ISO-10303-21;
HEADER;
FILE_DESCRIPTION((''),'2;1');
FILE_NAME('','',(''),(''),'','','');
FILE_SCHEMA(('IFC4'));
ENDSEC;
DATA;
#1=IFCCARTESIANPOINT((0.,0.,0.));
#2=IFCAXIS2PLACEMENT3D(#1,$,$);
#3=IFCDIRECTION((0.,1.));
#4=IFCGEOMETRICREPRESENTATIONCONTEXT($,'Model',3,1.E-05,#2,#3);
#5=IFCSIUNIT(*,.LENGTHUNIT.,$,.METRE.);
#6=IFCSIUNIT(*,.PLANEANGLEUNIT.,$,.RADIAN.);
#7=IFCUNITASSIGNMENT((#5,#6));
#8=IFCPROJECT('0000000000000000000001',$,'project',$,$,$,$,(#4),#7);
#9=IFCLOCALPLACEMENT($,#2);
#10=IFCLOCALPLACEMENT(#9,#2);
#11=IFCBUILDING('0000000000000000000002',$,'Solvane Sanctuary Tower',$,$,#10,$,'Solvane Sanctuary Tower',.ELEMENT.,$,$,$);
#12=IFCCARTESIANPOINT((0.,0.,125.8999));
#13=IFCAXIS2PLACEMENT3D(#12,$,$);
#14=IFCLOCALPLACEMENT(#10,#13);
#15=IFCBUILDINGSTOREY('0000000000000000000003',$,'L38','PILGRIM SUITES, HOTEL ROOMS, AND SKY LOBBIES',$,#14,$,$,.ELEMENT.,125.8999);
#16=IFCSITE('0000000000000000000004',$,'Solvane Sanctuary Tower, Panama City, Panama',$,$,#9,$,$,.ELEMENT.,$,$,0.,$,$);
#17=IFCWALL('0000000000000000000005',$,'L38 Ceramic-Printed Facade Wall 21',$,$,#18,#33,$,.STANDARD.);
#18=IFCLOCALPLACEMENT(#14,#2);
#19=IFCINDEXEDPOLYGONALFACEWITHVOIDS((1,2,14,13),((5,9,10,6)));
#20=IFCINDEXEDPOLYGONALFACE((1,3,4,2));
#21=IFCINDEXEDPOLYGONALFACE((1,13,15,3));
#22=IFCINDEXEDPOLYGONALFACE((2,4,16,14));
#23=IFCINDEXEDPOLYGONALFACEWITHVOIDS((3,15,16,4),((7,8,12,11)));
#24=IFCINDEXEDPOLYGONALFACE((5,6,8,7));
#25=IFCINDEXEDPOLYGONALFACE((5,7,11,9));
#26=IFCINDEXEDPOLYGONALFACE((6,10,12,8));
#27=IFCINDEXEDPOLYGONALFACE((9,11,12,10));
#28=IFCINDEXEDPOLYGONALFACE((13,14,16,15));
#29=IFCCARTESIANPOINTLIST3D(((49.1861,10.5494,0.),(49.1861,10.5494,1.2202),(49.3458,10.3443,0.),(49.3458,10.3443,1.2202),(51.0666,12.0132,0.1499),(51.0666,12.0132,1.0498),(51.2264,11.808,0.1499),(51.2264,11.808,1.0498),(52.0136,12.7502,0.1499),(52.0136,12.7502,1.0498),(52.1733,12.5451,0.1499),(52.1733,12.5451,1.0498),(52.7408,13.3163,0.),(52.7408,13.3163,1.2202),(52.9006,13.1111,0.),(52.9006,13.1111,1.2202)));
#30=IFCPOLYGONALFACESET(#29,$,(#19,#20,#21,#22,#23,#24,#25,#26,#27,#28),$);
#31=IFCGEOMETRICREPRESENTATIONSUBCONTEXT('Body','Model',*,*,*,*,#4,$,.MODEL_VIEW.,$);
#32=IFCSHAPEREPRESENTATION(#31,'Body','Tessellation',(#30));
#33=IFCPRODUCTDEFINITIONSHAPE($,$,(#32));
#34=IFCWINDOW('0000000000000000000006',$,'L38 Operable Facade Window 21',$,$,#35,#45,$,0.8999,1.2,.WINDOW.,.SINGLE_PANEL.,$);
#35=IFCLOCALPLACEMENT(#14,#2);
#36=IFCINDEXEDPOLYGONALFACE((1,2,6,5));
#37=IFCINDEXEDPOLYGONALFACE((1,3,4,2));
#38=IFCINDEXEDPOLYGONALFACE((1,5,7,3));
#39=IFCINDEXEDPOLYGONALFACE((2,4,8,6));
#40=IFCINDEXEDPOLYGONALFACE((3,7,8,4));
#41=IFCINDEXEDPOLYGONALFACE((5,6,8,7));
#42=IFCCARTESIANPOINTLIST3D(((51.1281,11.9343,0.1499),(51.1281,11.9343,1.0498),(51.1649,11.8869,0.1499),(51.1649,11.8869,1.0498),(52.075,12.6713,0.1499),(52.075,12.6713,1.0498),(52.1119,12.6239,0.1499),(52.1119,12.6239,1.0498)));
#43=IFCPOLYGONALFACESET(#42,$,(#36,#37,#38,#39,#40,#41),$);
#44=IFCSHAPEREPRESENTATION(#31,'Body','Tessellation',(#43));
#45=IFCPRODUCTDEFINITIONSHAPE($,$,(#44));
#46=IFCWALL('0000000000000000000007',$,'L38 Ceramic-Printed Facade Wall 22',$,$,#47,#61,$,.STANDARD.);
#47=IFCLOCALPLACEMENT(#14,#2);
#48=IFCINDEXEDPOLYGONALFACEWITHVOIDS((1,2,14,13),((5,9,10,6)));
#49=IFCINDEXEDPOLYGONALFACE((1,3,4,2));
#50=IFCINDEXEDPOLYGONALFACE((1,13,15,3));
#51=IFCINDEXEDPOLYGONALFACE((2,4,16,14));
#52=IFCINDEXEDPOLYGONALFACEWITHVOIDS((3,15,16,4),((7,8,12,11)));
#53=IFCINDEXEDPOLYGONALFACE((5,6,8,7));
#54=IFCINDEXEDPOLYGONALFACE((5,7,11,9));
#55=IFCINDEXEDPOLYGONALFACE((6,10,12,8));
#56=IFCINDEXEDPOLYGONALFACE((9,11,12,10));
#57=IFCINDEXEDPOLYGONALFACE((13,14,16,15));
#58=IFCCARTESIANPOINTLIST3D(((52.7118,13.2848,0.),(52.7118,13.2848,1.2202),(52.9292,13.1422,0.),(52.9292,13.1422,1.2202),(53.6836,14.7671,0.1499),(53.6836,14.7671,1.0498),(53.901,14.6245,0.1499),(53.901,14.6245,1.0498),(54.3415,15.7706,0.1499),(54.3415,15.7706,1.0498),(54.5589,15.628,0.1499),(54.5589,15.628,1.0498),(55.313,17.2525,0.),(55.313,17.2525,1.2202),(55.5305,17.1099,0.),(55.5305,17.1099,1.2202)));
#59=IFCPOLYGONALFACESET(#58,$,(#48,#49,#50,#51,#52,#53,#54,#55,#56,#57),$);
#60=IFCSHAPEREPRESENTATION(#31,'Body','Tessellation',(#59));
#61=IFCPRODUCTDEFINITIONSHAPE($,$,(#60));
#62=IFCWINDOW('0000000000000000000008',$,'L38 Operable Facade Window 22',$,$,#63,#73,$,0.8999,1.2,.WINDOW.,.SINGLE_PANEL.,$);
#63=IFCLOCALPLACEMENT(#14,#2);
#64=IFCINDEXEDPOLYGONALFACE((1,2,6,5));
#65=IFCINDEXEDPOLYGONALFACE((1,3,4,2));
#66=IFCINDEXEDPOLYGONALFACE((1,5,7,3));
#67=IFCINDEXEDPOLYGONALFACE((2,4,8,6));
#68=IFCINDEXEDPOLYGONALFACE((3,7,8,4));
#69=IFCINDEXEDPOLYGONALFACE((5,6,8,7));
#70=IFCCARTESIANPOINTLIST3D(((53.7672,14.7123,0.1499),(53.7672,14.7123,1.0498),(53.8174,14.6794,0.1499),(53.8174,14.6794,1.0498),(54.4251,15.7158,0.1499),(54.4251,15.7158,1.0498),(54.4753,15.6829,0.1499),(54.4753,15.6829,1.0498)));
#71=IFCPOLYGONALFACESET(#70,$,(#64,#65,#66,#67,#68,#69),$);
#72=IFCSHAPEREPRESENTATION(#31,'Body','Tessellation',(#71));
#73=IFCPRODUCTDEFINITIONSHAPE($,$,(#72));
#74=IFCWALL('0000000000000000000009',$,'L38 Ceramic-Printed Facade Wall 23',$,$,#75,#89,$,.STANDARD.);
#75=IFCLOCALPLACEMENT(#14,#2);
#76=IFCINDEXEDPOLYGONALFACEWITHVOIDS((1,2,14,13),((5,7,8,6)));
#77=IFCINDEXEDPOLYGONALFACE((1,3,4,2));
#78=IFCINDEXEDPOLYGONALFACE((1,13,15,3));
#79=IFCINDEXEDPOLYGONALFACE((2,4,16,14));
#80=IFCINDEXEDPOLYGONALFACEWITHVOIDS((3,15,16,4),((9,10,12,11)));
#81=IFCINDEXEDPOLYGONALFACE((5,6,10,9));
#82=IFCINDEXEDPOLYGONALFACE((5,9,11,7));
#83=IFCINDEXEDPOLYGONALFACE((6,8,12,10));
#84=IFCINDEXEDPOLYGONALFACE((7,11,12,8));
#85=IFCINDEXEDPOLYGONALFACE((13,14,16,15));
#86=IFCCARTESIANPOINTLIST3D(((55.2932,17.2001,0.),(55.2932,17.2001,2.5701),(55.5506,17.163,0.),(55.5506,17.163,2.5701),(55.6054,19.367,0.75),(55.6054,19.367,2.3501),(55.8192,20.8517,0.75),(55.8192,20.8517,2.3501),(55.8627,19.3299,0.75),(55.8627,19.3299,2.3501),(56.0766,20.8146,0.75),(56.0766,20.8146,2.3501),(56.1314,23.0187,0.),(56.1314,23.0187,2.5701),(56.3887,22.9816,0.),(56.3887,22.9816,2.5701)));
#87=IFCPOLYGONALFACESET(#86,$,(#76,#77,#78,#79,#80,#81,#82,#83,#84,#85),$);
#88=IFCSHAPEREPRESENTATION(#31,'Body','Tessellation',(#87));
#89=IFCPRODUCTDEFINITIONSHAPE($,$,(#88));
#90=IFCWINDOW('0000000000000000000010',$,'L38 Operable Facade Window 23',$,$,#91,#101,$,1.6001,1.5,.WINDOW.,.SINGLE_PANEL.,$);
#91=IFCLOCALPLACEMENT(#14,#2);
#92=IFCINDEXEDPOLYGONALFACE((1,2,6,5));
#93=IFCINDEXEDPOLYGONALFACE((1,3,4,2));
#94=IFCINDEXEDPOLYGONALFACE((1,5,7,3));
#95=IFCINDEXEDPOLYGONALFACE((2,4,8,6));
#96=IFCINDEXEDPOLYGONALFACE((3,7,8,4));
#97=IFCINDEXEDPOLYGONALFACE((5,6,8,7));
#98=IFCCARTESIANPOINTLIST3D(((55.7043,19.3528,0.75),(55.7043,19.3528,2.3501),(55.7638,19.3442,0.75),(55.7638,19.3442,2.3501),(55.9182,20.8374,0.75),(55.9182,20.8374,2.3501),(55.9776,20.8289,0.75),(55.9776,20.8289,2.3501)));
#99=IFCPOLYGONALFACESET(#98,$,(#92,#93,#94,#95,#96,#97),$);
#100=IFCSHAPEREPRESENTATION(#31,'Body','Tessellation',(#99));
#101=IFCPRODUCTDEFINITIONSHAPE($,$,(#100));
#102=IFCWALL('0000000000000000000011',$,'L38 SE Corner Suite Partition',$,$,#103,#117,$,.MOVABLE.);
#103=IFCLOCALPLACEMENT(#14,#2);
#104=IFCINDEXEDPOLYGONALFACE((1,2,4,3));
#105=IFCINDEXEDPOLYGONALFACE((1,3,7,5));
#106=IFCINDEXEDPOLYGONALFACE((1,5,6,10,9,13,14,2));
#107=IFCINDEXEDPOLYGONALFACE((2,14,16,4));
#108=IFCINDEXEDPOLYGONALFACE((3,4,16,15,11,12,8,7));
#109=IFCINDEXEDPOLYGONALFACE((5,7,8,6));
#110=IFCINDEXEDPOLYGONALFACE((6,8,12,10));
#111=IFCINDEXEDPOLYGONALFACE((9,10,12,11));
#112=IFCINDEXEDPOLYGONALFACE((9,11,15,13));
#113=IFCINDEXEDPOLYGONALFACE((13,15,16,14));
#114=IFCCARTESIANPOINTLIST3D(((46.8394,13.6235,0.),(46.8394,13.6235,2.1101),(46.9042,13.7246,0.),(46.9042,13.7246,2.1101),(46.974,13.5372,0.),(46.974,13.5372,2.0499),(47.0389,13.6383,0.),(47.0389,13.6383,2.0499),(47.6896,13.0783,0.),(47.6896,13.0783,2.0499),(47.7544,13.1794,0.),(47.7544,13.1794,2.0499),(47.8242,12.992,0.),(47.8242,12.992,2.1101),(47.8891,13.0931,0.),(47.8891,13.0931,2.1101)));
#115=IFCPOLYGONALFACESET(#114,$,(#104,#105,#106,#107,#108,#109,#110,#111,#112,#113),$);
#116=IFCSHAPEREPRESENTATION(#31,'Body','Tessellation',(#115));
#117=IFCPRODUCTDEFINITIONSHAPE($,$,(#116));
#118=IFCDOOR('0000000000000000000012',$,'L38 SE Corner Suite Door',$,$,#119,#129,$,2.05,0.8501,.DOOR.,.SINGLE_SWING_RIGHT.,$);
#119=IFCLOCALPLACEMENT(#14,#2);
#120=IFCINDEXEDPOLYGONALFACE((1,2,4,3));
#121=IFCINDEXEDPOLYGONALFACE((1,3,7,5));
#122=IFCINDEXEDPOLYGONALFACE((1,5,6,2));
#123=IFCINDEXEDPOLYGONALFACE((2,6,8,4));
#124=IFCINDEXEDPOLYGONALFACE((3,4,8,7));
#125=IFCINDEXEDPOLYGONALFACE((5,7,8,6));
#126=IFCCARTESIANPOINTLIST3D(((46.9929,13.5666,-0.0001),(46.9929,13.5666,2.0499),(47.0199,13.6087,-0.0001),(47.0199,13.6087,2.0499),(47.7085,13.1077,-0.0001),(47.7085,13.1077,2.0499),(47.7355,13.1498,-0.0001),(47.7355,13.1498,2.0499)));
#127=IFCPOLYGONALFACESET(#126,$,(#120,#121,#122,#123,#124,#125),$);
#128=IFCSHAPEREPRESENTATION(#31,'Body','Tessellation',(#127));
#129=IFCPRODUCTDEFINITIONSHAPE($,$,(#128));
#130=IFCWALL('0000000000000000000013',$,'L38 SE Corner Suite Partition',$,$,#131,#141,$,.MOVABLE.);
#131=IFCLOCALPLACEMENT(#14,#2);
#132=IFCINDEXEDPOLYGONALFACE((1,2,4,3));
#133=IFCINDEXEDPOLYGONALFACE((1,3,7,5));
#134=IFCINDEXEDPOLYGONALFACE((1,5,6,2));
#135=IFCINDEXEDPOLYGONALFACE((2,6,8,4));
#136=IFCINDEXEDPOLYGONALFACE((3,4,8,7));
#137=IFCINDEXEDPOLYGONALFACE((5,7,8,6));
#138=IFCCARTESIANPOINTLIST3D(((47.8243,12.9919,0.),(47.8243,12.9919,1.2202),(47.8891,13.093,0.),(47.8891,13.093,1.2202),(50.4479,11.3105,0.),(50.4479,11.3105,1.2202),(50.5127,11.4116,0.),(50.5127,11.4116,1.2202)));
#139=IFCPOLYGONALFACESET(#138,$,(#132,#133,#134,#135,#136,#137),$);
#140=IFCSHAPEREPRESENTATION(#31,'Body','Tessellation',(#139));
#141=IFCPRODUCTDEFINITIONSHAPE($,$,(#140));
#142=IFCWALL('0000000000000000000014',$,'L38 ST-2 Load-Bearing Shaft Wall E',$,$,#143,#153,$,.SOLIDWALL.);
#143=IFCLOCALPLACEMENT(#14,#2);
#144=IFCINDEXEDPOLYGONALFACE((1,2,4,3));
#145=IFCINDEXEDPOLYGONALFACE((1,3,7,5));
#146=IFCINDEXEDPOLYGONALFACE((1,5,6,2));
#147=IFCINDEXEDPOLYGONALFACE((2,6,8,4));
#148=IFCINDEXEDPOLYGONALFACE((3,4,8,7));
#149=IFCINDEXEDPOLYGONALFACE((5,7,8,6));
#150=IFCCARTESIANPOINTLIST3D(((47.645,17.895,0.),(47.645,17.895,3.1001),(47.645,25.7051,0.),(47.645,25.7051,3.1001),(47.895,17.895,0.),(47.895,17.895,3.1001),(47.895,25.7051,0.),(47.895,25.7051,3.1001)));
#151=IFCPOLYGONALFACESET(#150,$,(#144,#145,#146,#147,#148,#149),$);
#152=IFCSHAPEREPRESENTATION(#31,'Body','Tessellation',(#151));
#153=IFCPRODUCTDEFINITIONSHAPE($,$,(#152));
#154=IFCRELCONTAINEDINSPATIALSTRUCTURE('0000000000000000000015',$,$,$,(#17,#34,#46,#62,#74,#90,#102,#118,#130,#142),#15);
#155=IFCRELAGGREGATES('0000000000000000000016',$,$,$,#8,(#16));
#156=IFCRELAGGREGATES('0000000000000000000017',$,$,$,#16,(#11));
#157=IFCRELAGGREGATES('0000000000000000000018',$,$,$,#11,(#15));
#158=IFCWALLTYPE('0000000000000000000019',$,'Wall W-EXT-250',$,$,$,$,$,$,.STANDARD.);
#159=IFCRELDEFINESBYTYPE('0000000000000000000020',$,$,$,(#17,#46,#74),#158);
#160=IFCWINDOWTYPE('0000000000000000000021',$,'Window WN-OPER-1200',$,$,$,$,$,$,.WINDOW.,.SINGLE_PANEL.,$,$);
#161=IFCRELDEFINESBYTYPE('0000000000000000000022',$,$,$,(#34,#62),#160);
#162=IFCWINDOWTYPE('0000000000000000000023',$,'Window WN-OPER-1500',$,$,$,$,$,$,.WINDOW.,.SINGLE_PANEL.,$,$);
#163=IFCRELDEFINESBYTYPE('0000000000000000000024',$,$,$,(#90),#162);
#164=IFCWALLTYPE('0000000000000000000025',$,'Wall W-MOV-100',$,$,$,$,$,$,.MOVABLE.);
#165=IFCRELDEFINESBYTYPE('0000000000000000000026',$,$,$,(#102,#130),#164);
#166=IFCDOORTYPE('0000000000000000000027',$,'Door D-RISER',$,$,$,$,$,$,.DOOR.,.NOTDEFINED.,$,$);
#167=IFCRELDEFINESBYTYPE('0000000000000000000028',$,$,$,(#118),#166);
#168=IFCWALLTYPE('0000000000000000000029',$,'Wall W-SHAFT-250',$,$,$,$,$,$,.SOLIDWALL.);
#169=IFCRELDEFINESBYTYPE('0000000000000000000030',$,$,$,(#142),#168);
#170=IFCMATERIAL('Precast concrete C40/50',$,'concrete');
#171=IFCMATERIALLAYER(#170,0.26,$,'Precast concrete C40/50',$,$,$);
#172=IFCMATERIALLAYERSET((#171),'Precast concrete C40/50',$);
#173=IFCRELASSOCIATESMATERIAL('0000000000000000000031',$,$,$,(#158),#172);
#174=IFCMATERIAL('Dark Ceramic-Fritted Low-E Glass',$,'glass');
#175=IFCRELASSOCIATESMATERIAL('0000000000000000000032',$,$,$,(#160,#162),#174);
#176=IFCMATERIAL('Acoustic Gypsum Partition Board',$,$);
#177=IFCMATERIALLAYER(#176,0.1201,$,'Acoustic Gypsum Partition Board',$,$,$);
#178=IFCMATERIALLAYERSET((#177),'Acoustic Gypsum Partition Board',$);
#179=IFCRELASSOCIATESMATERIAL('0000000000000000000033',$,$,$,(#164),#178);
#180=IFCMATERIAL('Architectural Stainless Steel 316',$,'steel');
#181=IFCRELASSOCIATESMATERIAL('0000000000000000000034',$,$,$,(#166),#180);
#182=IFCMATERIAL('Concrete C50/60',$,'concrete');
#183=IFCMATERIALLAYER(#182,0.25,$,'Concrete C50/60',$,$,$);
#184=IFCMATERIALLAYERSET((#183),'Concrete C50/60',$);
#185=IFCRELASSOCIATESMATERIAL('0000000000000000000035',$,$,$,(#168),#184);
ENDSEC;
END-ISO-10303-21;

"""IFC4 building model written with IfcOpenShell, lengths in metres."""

from ifc_helpers import new_model, si_unit, direction, frame, frame_2d, origin, place, context, subcontext, project, spatial, rectangle, extrude, material, layer, layer_set, type_object, element, fill, save


model = new_model("IFC4")

# Units and contexts
model_context = context("Model", 3, precision=1e-05, world=origin(), true_north=direction((0.0, 1.0)))
body_context = subcontext(model_context, "Body", "Model", "MODEL_VIEW")
ifc_project = project(units=[si_unit("LENGTHUNIT", "METRE"), si_unit("PLANEANGLEUNIT", "RADIAN")], contexts=[model_context])

# Site, building, storey
site_placement = place(None, origin())
site = spatial("IfcSite", under=ifc_project, at=site_placement, Name="Solvane Sanctuary Tower, Panama City, Panama", CompositionType="ELEMENT", RefElevation=0.0)
building_placement = place(site_placement, origin())
building = spatial("IfcBuilding", under=site, at=building_placement, Name="Solvane Sanctuary Tower", LongName="Solvane Sanctuary Tower", CompositionType="ELEMENT")
storey_placement = place(building_placement, frame((0.0, 0.0, 125.8999)))
storey = spatial("IfcBuildingStorey", under=building, at=storey_placement, Name="L38", Description="PILGRIM SUITES, HOTEL ROOMS, AND SKY LOBBIES", CompositionType="ELEMENT", Elevation=125.8999)

# Shared definitions
ifc_material_1 = material(Name="Acoustic Gypsum Partition Board")

# Shared definitions
ifc_material_2 = material(Name="Precast concrete C40/50", Category="concrete")
ifc_layer_1 = layer(ifc_material_2, 0.26, Name="Precast concrete C40/50")
ifc_layer_set_1 = layer_set([ifc_layer_1], Name="Precast concrete C40/50")
wall_type_1 = type_object("IfcWallType", Name="Wall W-EXT-250", PredefinedType="STANDARD", material=ifc_layer_set_1)

# Walls, openings, windows
wall_1_placement = place(storey_placement, frame((49.2659, 10.4468, 0.0), z_axis=(0.0, 0.0, 1.0), x_axis=(0.789127, 0.614229, 0.0)))
wall_1 = element("IfcWall", 1, at=wall_1_placement, inside=storey, type_object=wall_type_1, Name="L38 Ceramic-Printed Facade Wall 21", PredefinedType="STANDARD", context=body_context, shape_type="SweptSolid", body=[
    extrude(rectangle(XDim=4.5046, YDim=0.26, at=frame_2d((2.2524, 0.0))), origin(), (0.0, 0.0, 1.0), 1.2202),
])
opening_1_placement = place(wall_1_placement, frame((2.3831, 0.0, 0.1499)))
opening_1 = element("IfcOpeningElement", 2, at=opening_1_placement, cuts=wall_1, PredefinedType="OPENING", context=body_context, shape_type="SweptSolid", body=[
    extrude(rectangle(XDim=1.2, YDim=0.8999, at=frame_2d((0.6001, 0.45))), frame((0.0, 0.1399, 0.0), z_axis=(0.0, -1.0, 0.0), x_axis=(1.0, 0.0, 0.0)), (0.0, 0.0, 1.0), 0.28),
])
ifc_material_3 = material(Name="Dark Ceramic-Fritted Low-E Glass", Category="glass")
window_type_1 = type_object("IfcWindowType", Name="Window WN-OPER-1200", PartitioningType="SINGLE_PANEL", PredefinedType="WINDOW", material=ifc_material_3)
window_1_placement = place(opening_1_placement, origin())
window_1 = element("IfcWindow", 3, at=window_1_placement, inside=storey, type_object=window_type_1, Name="L38 Operable Facade Window 21", OverallHeight=0.8999, OverallWidth=1.2, PartitioningType="SINGLE_PANEL", PredefinedType="WINDOW", context=body_context, shape_type="SweptSolid", body=[
    extrude(rectangle(XDim=1.2, YDim=0.8999, at=frame_2d((0.6001, 0.45))), frame((0.0, 0.03, 0.0), z_axis=(0.0, -1.0, 0.0), x_axis=(1.0, 0.0, 0.0)), (0.0, 0.0, 1.0), 0.0601),
])
fill(opening_1, window_1)
wall_2_placement = place(storey_placement, frame((52.8206, 13.2136, 0.0), z_axis=(0.0, 0.0, 1.0), x_axis=(0.548283, 0.836293, 0.0)))
wall_2 = element("IfcWall", 4, at=wall_2_placement, inside=storey, type_object=wall_type_1, Name="L38 Ceramic-Printed Facade Wall 22", PredefinedType="STANDARD", context=body_context, shape_type="SweptSolid", body=[
    extrude(rectangle(XDim=4.7444, YDim=0.26, at=frame_2d((2.3721, 0.0))), origin(), (0.0, 0.0, 1.0), 1.2202),
])
opening_2_placement = place(wall_2_placement, frame((1.7722, 0.0, 0.1499)))
opening_2 = element("IfcOpeningElement", 5, at=opening_2_placement, cuts=wall_2, PredefinedType="OPENING", context=body_context, shape_type="SweptSolid", body=[
    extrude(rectangle(XDim=1.2, YDim=0.8999, at=frame_2d((0.6001, 0.45))), frame((0.0, 0.1399, 0.0), z_axis=(0.0, -1.0, 0.0), x_axis=(1.0, 0.0, 0.0)), (0.0, 0.0, 1.0), 0.28),
])
window_2_placement = place(opening_2_placement, origin())
window_2 = element("IfcWindow", 6, at=window_2_placement, inside=storey, type_object=window_type_1, Name="L38 Operable Facade Window 22", OverallHeight=0.8999, OverallWidth=1.2, PartitioningType="SINGLE_PANEL", PredefinedType="WINDOW", context=body_context, shape_type="SweptSolid", body=[
    extrude(rectangle(XDim=1.2, YDim=0.8999, at=frame_2d((0.6001, 0.45))), frame((0.0, 0.03, 0.0), z_axis=(0.0, -1.0, 0.0), x_axis=(1.0, 0.0, 0.0)), (0.0, 0.0, 1.0), 0.0601),
])
fill(opening_2, window_2)
wall_3_placement = place(storey_placement, frame((55.4219, 17.1814, 0.0), z_axis=(0.0, 0.0, 1.0), x_axis=(0.142572, 0.989784, 0.0)))
wall_3 = element("IfcWall", 7, at=wall_3_placement, inside=storey, type_object=wall_type_1, Name="L38 Ceramic-Printed Facade Wall 23", PredefinedType="STANDARD", context=body_context, shape_type="SweptSolid", body=[
    extrude(rectangle(XDim=5.8787, YDim=0.26, at=frame_2d((2.9395, 0.0))), origin(), (0.0, 0.0, 1.0), 2.5701),
])
opening_3_placement = place(wall_3_placement, frame((2.1895, 0.0, 0.75)))
opening_3 = element("IfcOpeningElement", 8, at=opening_3_placement, cuts=wall_3, PredefinedType="OPENING", context=body_context, shape_type="SweptSolid", body=[
    extrude(rectangle(XDim=1.5, YDim=1.6001, at=frame_2d((0.75, 0.8))), frame((0.0, 0.1399, 0.0), z_axis=(0.0, -1.0, 0.0), x_axis=(1.0, 0.0, 0.0)), (0.0, 0.0, 1.0), 0.28),
])
window_type_2 = type_object("IfcWindowType", Name="Window WN-OPER-1500", PartitioningType="SINGLE_PANEL", PredefinedType="WINDOW", material=ifc_material_3)
window_3_placement = place(opening_3_placement, origin())
window_3 = element("IfcWindow", 9, at=window_3_placement, inside=storey, type_object=window_type_2, Name="L38 Operable Facade Window 23", OverallHeight=1.6001, OverallWidth=1.5, PartitioningType="SINGLE_PANEL", PredefinedType="WINDOW", context=body_context, shape_type="SweptSolid", body=[
    extrude(rectangle(XDim=1.5, YDim=1.6001, at=frame_2d((0.75, 0.8))), frame((0.0, 0.03, 0.0), z_axis=(0.0, -1.0, 0.0), x_axis=(1.0, 0.0, 0.0)), (0.0, 0.0, 1.0), 0.0601),
])
fill(opening_3, window_3)

# Wall, opening, door
ifc_layer_2 = layer(ifc_material_1, 0.1201, Name="Acoustic Gypsum Partition Board")
ifc_layer_set_2 = layer_set([ifc_layer_2], Name="Acoustic Gypsum Partition Board")
wall_type_2 = type_object("IfcWallType", Name="Wall W-MOV-100", PredefinedType="MOVABLE", material=ifc_layer_set_2)
wall_4_placement = place(storey_placement, frame((46.8718, 13.6741, 0.0), z_axis=(0.0, 0.0, 1.0), x_axis=(0.841775, -0.539829, 0.0)))
wall_4 = element("IfcWall", 10, at=wall_4_placement, inside=storey, type_object=wall_type_2, Name="L38 SE Corner Suite Partition", PredefinedType="MOVABLE", context=body_context, shape_type="SweptSolid", body=[
    extrude(rectangle(XDim=1.1699, YDim=0.1201, at=frame_2d((0.585, 0.0))), origin(), (0.0, 0.0, 1.0), 2.1101),
])
opening_4_placement = place(wall_4_placement, frame((0.1599, 0.0, 0.0)))
opening_4 = element("IfcOpeningElement", 11, at=opening_4_placement, cuts=wall_4, PredefinedType="OPENING", context=body_context, shape_type="SweptSolid", body=[
    extrude(rectangle(XDim=0.8501, YDim=2.05, at=frame_2d((0.425, 1.0249))), frame((0.0, 0.0701, 0.0), z_axis=(0.0, -1.0, 0.0), x_axis=(1.0, 0.0, 0.0)), (0.0, 0.0, 1.0), 0.1401),
])
ifc_material_4 = material(Name="Architectural Stainless Steel 316", Category="steel")
door_type_1 = type_object("IfcDoorType", Name="Door D-RISER", OperationType="NOTDEFINED", PredefinedType="DOOR", material=ifc_material_4)
door_1_placement = place(opening_4_placement, origin())
door_1 = element("IfcDoor", 12, at=door_1_placement, inside=storey, type_object=door_type_1, Name="L38 SE Corner Suite Door", OperationType="SINGLE_SWING_RIGHT", OverallHeight=2.05, OverallWidth=0.8501, PredefinedType="DOOR", context=body_context, shape_type="SweptSolid", body=[
    extrude(rectangle(XDim=0.8501, YDim=2.05, at=frame_2d((0.425, 1.0249))), frame((0.0, 0.0249, 0.0), z_axis=(0.0, -1.0, 0.0), x_axis=(1.0, 0.0, 0.0)), (0.0, 0.0, 1.0), 0.05),
])
fill(opening_4, door_1)

# Walls
wall_5_placement = place(storey_placement, frame((47.8567, 13.0425, 0.0), z_axis=(0.0, 0.0, 1.0), x_axis=(0.841931, -0.539585, 0.0)))
element("IfcWall", 13, at=wall_5_placement, inside=storey, type_object=wall_type_2, Name="L38 SE Corner Suite Partition", PredefinedType="MOVABLE", context=body_context, shape_type="SweptSolid", body=[
    extrude(rectangle(XDim=3.1162, YDim=0.1201, at=frame_2d((1.5581, 0.0))), origin(), (0.0, 0.0, 1.0), 1.2202),
])
ifc_material_5 = material(Name="Concrete C50/60", Category="concrete")
ifc_layer_3 = layer(ifc_material_5, 0.25, Name="Concrete C50/60")
ifc_layer_set_3 = layer_set([ifc_layer_3], Name="Concrete C50/60")
wall_type_3 = type_object("IfcWallType", Name="Wall W-SHAFT-250", PredefinedType="SOLIDWALL", material=ifc_layer_set_3)
wall_6_placement = place(storey_placement, frame((47.77, 17.895, 0.0), z_axis=(0.0, 0.0, 1.0), x_axis=(0.0, 1.0, 0.0)))
element("IfcWall", 14, at=wall_6_placement, inside=storey, type_object=wall_type_3, Name="L38 ST-2 Load-Bearing Shaft Wall E", PredefinedType="SOLIDWALL", context=body_context, shape_type="SweptSolid", body=[
    extrude(rectangle(XDim=7.8101, YDim=0.25, at=frame_2d((3.905, 0.0))), origin(), (0.0, 0.0, 1.0), 3.1001),
])

save(model, "model.ifc")
